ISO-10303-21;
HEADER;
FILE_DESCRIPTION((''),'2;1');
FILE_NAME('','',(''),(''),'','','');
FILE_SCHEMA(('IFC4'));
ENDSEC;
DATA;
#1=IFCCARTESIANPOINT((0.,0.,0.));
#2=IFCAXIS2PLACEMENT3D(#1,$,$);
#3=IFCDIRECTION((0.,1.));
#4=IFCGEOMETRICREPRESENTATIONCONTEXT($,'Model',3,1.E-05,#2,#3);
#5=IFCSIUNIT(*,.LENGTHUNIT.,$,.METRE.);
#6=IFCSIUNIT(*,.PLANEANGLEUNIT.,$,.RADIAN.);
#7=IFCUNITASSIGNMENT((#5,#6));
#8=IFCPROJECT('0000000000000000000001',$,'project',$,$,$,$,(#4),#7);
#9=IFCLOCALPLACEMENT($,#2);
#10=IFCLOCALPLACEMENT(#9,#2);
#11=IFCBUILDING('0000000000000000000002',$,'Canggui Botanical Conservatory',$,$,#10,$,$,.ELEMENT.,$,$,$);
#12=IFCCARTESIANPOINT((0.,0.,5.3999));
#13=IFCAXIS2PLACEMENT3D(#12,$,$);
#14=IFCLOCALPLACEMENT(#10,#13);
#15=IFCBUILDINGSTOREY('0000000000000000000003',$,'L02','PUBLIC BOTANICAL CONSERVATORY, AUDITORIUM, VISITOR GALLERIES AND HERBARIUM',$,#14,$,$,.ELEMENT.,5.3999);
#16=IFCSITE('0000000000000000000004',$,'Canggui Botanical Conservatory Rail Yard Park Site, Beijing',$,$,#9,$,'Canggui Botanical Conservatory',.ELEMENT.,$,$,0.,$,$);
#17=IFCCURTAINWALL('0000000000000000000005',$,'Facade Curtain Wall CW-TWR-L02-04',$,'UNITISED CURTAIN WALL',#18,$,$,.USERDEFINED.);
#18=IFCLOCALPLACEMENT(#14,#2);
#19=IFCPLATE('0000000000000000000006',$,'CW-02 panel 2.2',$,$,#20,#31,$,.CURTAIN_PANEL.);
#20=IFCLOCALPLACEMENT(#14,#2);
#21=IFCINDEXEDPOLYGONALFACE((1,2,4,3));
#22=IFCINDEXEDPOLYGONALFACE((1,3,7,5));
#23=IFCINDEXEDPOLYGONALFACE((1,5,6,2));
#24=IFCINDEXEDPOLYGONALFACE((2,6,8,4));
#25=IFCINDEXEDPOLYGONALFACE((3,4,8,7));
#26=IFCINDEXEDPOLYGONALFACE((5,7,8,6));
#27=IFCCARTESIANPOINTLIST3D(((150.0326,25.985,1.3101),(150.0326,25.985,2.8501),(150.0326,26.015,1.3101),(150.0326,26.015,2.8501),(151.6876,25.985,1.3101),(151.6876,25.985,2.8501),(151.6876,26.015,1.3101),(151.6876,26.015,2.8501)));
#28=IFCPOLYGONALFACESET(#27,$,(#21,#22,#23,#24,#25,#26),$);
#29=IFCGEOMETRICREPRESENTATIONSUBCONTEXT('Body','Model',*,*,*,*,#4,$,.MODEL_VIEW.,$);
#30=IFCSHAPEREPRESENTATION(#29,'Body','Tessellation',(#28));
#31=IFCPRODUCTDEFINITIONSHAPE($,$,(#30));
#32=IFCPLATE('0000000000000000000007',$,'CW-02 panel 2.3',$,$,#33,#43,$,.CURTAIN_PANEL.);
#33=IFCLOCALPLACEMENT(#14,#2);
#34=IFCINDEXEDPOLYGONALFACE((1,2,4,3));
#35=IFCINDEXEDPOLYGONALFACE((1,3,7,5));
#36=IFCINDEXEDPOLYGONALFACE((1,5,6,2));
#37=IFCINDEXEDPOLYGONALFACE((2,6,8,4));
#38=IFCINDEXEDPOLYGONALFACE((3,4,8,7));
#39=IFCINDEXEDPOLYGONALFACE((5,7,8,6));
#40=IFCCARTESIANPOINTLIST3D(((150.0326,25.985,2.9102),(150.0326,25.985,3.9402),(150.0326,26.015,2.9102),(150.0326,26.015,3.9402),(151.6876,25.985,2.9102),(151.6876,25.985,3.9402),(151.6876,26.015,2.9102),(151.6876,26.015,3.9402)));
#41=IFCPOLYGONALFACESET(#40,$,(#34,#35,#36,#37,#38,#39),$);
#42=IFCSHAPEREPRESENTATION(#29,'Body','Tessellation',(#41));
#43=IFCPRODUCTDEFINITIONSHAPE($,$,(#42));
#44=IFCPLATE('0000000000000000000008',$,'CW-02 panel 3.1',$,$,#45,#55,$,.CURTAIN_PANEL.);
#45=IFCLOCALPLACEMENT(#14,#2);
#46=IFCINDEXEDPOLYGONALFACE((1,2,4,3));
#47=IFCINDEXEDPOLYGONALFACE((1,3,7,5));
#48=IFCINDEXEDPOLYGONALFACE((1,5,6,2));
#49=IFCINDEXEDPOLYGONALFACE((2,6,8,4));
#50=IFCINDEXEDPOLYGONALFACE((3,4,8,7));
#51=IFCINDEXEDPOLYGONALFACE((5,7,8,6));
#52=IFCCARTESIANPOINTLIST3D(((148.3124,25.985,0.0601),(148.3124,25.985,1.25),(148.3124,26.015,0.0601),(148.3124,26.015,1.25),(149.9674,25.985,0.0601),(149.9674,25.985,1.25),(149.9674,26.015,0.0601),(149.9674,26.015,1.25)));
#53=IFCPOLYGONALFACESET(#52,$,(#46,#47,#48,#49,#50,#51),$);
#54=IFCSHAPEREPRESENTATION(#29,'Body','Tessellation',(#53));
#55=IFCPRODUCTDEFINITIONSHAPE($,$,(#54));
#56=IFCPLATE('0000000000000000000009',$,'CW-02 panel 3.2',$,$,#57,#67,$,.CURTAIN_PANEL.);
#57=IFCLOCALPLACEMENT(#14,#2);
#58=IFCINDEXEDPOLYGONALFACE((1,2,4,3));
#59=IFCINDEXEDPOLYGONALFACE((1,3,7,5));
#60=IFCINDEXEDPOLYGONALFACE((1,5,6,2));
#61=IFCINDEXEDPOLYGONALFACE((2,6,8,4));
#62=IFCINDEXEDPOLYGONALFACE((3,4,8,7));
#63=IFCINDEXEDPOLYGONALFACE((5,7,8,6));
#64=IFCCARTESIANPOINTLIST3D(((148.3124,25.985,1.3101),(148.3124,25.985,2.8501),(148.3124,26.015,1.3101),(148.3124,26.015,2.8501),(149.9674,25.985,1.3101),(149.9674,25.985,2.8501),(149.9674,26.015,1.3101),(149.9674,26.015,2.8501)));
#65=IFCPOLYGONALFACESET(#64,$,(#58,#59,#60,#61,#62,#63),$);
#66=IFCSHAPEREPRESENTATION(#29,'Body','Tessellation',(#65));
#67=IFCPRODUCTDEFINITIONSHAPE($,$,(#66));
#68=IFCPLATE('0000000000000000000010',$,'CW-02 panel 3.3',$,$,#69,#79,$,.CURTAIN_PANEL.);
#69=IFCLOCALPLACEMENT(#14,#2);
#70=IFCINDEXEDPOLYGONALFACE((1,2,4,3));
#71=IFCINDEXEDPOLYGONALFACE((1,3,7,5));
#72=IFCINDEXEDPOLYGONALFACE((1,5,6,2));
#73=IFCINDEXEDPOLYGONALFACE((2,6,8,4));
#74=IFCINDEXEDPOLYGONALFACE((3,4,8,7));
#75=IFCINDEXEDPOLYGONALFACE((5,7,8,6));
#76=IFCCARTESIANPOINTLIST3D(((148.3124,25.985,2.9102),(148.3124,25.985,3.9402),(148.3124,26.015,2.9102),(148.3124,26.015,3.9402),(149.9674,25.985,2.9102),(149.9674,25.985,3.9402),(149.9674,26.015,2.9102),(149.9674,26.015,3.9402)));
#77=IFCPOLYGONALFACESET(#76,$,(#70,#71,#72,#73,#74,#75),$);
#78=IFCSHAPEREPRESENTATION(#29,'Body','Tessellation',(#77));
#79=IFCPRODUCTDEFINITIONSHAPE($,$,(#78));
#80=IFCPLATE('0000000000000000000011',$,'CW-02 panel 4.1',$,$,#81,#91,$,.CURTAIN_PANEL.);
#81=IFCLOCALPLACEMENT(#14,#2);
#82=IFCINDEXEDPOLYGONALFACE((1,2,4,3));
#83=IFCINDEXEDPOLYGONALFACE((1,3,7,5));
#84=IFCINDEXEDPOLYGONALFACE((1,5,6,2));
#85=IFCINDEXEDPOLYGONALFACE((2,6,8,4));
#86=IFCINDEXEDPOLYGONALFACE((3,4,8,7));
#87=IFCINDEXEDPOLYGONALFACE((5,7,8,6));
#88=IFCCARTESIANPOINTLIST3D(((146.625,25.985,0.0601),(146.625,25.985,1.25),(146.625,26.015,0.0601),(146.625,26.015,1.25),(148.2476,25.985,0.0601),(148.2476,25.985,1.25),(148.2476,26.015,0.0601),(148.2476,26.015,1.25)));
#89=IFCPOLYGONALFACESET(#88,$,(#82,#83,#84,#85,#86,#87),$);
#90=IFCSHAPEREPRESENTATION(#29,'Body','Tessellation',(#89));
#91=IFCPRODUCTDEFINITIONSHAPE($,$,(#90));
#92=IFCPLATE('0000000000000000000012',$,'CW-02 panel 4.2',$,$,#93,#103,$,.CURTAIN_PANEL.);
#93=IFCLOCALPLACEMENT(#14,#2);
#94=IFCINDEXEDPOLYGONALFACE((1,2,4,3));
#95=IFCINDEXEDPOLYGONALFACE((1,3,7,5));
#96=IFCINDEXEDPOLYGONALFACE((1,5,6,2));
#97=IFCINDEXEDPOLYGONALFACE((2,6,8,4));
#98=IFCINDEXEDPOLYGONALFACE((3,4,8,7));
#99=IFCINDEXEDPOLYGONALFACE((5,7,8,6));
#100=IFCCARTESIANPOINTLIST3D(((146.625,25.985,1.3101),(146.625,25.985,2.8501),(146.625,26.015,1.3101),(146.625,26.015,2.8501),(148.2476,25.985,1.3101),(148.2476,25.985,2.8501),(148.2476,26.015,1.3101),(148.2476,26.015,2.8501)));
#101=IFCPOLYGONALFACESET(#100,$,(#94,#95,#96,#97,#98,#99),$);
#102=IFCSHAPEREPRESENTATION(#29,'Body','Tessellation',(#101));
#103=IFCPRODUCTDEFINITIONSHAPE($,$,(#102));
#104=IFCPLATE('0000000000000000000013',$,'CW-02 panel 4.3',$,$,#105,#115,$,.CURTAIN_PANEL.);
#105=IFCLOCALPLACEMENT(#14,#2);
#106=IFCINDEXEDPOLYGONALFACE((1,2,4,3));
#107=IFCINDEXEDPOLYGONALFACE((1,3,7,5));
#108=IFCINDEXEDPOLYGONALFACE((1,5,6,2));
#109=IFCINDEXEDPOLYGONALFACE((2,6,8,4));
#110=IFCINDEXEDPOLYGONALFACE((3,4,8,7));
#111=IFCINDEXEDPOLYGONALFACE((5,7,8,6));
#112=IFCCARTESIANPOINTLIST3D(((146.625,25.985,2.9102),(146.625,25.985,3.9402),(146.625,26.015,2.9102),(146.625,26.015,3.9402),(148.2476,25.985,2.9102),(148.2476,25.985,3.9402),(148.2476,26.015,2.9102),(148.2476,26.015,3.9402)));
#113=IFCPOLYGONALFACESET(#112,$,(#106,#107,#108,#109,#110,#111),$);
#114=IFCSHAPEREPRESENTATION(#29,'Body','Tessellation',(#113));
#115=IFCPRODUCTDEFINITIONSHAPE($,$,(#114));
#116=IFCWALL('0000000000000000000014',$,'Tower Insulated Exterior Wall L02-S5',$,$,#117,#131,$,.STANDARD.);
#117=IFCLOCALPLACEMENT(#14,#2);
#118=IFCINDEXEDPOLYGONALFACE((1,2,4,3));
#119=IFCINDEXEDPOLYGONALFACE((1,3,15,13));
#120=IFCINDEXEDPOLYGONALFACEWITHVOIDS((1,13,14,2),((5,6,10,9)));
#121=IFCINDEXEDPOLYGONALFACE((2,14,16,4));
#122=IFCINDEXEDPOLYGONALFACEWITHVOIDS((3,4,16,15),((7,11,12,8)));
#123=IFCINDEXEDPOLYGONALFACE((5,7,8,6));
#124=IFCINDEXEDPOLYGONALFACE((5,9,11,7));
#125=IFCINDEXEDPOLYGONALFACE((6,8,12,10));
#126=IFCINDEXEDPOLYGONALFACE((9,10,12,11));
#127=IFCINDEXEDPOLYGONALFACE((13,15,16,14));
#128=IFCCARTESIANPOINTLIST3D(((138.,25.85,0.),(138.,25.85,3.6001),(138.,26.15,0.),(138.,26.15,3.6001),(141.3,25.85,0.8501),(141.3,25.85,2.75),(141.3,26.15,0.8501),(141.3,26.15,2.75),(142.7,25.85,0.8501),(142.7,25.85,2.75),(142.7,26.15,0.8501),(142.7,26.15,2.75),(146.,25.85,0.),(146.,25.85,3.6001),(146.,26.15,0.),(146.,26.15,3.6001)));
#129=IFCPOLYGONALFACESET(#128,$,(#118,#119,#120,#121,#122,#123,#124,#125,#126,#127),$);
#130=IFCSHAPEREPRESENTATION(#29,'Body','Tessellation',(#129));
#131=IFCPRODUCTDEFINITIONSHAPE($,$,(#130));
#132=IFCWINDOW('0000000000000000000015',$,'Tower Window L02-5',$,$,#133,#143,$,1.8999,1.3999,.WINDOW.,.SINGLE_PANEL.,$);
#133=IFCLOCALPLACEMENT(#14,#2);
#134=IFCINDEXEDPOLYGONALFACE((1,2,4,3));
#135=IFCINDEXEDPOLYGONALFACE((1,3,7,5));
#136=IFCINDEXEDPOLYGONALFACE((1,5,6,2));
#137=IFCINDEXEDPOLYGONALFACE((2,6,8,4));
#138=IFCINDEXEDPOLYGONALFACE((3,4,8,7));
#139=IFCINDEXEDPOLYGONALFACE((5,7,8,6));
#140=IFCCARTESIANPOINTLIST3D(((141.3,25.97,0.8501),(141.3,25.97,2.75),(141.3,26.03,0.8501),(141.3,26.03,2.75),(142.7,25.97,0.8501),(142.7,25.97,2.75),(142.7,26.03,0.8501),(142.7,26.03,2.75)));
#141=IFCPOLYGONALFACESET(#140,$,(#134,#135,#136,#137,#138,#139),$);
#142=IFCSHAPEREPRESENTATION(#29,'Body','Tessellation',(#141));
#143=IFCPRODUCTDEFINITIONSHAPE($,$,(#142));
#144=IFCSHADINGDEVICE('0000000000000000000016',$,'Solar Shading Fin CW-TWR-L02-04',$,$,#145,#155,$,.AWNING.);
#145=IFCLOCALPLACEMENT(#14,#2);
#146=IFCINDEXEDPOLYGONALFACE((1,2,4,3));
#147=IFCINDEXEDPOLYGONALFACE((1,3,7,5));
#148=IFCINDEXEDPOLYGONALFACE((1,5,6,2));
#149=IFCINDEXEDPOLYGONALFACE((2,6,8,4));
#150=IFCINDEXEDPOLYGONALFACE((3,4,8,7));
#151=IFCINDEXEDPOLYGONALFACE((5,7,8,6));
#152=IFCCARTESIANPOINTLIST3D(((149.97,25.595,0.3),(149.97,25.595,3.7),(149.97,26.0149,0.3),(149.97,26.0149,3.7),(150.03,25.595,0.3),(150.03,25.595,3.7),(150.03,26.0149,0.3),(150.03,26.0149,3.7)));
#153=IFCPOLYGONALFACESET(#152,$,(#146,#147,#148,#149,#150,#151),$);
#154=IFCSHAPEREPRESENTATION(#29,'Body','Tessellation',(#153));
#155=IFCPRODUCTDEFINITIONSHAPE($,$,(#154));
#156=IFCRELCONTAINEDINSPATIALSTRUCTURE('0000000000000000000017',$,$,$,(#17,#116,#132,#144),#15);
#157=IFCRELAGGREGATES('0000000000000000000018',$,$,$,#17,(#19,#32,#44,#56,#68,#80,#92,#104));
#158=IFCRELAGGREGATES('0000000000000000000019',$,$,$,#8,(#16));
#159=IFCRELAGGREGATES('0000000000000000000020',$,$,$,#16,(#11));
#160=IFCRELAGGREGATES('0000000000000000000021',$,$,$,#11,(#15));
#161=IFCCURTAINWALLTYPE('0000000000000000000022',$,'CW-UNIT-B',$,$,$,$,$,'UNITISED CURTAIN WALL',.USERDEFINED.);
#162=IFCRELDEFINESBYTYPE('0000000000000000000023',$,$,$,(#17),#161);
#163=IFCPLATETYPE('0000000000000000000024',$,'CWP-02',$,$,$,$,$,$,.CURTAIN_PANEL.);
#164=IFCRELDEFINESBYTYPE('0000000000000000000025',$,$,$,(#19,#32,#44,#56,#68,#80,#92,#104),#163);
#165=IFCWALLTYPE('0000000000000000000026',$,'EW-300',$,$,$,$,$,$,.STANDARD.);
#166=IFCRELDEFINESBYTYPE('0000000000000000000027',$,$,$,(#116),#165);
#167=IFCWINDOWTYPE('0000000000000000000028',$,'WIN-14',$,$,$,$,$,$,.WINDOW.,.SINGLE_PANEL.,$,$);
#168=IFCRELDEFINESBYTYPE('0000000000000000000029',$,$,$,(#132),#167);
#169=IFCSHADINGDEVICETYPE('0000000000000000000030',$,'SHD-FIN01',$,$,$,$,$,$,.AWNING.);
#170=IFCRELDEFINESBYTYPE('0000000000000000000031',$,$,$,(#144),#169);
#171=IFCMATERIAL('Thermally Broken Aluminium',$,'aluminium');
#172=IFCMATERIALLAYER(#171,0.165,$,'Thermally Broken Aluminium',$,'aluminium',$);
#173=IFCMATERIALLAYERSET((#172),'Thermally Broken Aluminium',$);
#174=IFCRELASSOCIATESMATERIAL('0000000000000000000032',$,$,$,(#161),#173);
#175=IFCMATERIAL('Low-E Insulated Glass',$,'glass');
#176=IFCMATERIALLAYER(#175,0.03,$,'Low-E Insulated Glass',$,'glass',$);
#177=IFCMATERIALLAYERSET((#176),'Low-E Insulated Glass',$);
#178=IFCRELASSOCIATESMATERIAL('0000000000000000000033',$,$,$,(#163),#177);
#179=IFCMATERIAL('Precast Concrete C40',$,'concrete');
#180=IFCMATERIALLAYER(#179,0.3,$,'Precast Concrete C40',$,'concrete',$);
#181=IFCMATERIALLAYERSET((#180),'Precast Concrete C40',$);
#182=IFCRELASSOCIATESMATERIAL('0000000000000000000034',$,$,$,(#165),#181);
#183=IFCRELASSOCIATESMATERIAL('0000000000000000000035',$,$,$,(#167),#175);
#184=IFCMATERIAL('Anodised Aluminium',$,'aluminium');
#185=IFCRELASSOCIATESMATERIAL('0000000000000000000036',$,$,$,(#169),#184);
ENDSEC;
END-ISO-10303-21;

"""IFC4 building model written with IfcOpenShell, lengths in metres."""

from ifc_helpers import new_model, si_unit, direction, frame, frame_2d, origin, origin_2d, place, context, subcontext, project, spatial, rectangle, extrude, material, layer, layer_set, type_object, element, fill, aggregate, save


model = new_model("IFC4")

# Units and contexts
model_context = context("Model", 3, precision=1e-05, world=origin(), true_north=direction((0.0, 1.0)))
body_context = subcontext(model_context, "Body", "Model", "MODEL_VIEW")
ifc_project = project(units=[si_unit("LENGTHUNIT", "METRE"), si_unit("PLANEANGLEUNIT", "RADIAN")], contexts=[model_context])

# Site, building, storey
site_placement = place(None, origin())
site = spatial("IfcSite", under=ifc_project, at=site_placement, Name="Canggui Botanical Conservatory Rail Yard Park Site, Beijing", LongName="Canggui Botanical Conservatory", CompositionType="ELEMENT", RefElevation=0.0)
building_placement = place(site_placement, origin())
building = spatial("IfcBuilding", under=site, at=building_placement, Name="Canggui Botanical Conservatory", CompositionType="ELEMENT")
storey_placement = place(building_placement, frame((0.0, 0.0, 5.3999)))
storey = spatial("IfcBuildingStorey", under=building, at=storey_placement, Name="L02", Description="PUBLIC BOTANICAL CONSERVATORY, AUDITORIUM, VISITOR GALLERIES AND HERBARIUM", CompositionType="ELEMENT", Elevation=5.3999)

# Curtain wall, plates
ifc_material_1 = material(Name="Thermally Broken Aluminium", Category="aluminium")
ifc_layer_1 = layer(ifc_material_1, 0.165, Name="Thermally Broken Aluminium", Category="aluminium")
ifc_layer_set_1 = layer_set([ifc_layer_1], Name="Thermally Broken Aluminium")
curtain_wall_type = type_object("IfcCurtainWallType", Name="CW-UNIT-B", ElementType="UNITISED CURTAIN WALL", PredefinedType="USERDEFINED", material=ifc_layer_set_1)
curtain_wall_placement = place(storey_placement, origin())
curtain_wall = element("IfcCurtainWall", 1, at=curtain_wall_placement, inside=storey, type_object=curtain_wall_type, Name="Facade Curtain Wall CW-TWR-L02-04", ObjectType="UNITISED CURTAIN WALL", PredefinedType="USERDEFINED")
ifc_material_2 = material(Name="Low-E Insulated Glass", Category="glass")
ifc_layer_2 = layer(ifc_material_2, 0.03, Name="Low-E Insulated Glass", Category="glass")
ifc_layer_set_2 = layer_set([ifc_layer_2], Name="Low-E Insulated Glass")
plate_type = type_object("IfcPlateType", Name="CWP-02", PredefinedType="CURTAIN_PANEL", material=ifc_layer_set_2)
plate_1_placement = place(storey_placement, frame((150.8601, 26.0, 1.3101), z_axis=(0.0, 0.0, 1.0), x_axis=(-1.0, 0.0, 0.0)))
plate_1 = element("IfcPlate", 2, at=plate_1_placement, type_object=plate_type, Name="CW-02 panel 2.2", PredefinedType="CURTAIN_PANEL", context=body_context, shape_type="SweptSolid", body=[
    extrude(rectangle(XDim=1.655, YDim=0.03, at=origin_2d()), origin(), (0.0, 0.0, 1.0), 1.54),
])
plate_2_placement = place(storey_placement, frame((150.8601, 26.0, 2.9102), z_axis=(0.0, 0.0, 1.0), x_axis=(-1.0, 0.0, 0.0)))
plate_2 = element("IfcPlate", 3, at=plate_2_placement, type_object=plate_type, Name="CW-02 panel 2.3", PredefinedType="CURTAIN_PANEL", context=body_context, shape_type="SweptSolid", body=[
    extrude(rectangle(XDim=1.655, YDim=0.03, at=origin_2d()), origin(), (0.0, 0.0, 1.0), 1.03),
])
plate_3_placement = place(storey_placement, frame((149.1399, 26.0, 0.0601), z_axis=(0.0, 0.0, 1.0), x_axis=(-1.0, 0.0, 0.0)))
plate_3 = element("IfcPlate", 4, at=plate_3_placement, type_object=plate_type, Name="CW-02 panel 3.1", PredefinedType="CURTAIN_PANEL", context=body_context, shape_type="SweptSolid", body=[
    extrude(rectangle(XDim=1.655, YDim=0.03, at=origin_2d()), origin(), (0.0, 0.0, 1.0), 1.1899),
])
plate_4_placement = place(storey_placement, frame((149.1399, 26.0, 1.3101), z_axis=(0.0, 0.0, 1.0), x_axis=(-1.0, 0.0, 0.0)))
plate_4 = element("IfcPlate", 5, at=plate_4_placement, type_object=plate_type, Name="CW-02 panel 3.2", PredefinedType="CURTAIN_PANEL", context=body_context, shape_type="SweptSolid", body=[
    extrude(rectangle(XDim=1.655, YDim=0.03, at=origin_2d()), origin(), (0.0, 0.0, 1.0), 1.54),
])
plate_5_placement = place(storey_placement, frame((149.1399, 26.0, 2.9102), z_axis=(0.0, 0.0, 1.0), x_axis=(-1.0, 0.0, 0.0)))
plate_5 = element("IfcPlate", 6, at=plate_5_placement, type_object=plate_type, Name="CW-02 panel 3.3", PredefinedType="CURTAIN_PANEL", context=body_context, shape_type="SweptSolid", body=[
    extrude(rectangle(XDim=1.655, YDim=0.03, at=origin_2d()), origin(), (0.0, 0.0, 1.0), 1.03),
])
plate_6_placement = place(storey_placement, frame((147.4363, 26.0, 0.0601), z_axis=(0.0, 0.0, 1.0), x_axis=(-1.0, 0.0, 0.0)))
plate_6 = element("IfcPlate", 7, at=plate_6_placement, type_object=plate_type, Name="CW-02 panel 4.1", PredefinedType="CURTAIN_PANEL", context=body_context, shape_type="SweptSolid", body=[
    extrude(rectangle(XDim=1.6226, YDim=0.03, at=origin_2d()), origin(), (0.0, 0.0, 1.0), 1.1899),
])
plate_7_placement = place(storey_placement, frame((147.4363, 26.0, 1.3101), z_axis=(0.0, 0.0, 1.0), x_axis=(-1.0, 0.0, 0.0)))
plate_7 = element("IfcPlate", 8, at=plate_7_placement, type_object=plate_type, Name="CW-02 panel 4.2", PredefinedType="CURTAIN_PANEL", context=body_context, shape_type="SweptSolid", body=[
    extrude(rectangle(XDim=1.6226, YDim=0.03, at=origin_2d()), origin(), (0.0, 0.0, 1.0), 1.54),
])
plate_8_placement = place(storey_placement, frame((147.4363, 26.0, 2.9102), z_axis=(0.0, 0.0, 1.0), x_axis=(-1.0, 0.0, 0.0)))
plate_8 = element("IfcPlate", 9, at=plate_8_placement, type_object=plate_type, Name="CW-02 panel 4.3", PredefinedType="CURTAIN_PANEL", context=body_context, shape_type="SweptSolid", body=[
    extrude(rectangle(XDim=1.6226, YDim=0.03, at=origin_2d()), origin(), (0.0, 0.0, 1.0), 1.03),
])
aggregate(curtain_wall, [plate_1, plate_2, plate_3, plate_4, plate_5, plate_6, plate_7, plate_8])

# Wall, opening, window
ifc_material_3 = material(Name="Precast Concrete C40", Category="concrete")
ifc_layer_3 = layer(ifc_material_3, 0.3, Name="Precast Concrete C40", Category="concrete")
ifc_layer_set_3 = layer_set([ifc_layer_3], Name="Precast Concrete C40")
wall_type = type_object("IfcWallType", Name="EW-300", PredefinedType="STANDARD", material=ifc_layer_set_3)
wall_placement = place(storey_placement, frame((146.0, 26.0, 0.0), z_axis=(0.0, 0.0, 1.0), x_axis=(-1.0, 0.0, 0.0)))
wall = element("IfcWall", 10, at=wall_placement, inside=storey, type_object=wall_type, Name="Tower Insulated Exterior Wall L02-S5", PredefinedType="STANDARD", context=body_context, shape_type="SweptSolid", body=[
    extrude(rectangle(XDim=8.0, YDim=0.3, at=frame_2d((4.0, 0.0))), origin(), (0.0, 0.0, 1.0), 3.6001),
])
opening_placement = place(wall_placement, frame((3.3, 0.0, 0.8501)))
opening = element("IfcOpeningElement", 11, at=opening_placement, cuts=wall, PredefinedType="OPENING", context=body_context, shape_type="SweptSolid", body=[
    extrude(rectangle(XDim=1.3999, YDim=1.8999, at=frame_2d((0.7, 0.95))), frame((0.0, 0.1602, 0.0), z_axis=(0.0, -1.0, 0.0), x_axis=(1.0, 0.0, 0.0)), (0.0, 0.0, 1.0), 0.3201),
])
window_type = type_object("IfcWindowType", Name="WIN-14", PartitioningType="SINGLE_PANEL", PredefinedType="WINDOW", material=ifc_material_2)
window_placement = place(opening_placement, origin())
window = element("IfcWindow", 12, at=window_placement, inside=storey, type_object=window_type, Name="Tower Window L02-5", OverallHeight=1.8999, OverallWidth=1.3999, PartitioningType="SINGLE_PANEL", PredefinedType="WINDOW", context=body_context, shape_type="SweptSolid", body=[
    extrude(rectangle(XDim=1.3999, YDim=1.8999, at=frame_2d((0.7, 0.95))), frame((0.0, 0.03, 0.0), z_axis=(0.0, -1.0, 0.0), x_axis=(1.0, 0.0, 0.0)), (0.0, 0.0, 1.0), 0.0601),
])
fill(opening, window)

# Shading device
ifc_material_4 = material(Name="Anodised Aluminium", Category="aluminium")
shading_device_type = type_object("IfcShadingDeviceType", Name="SHD-FIN01", PredefinedType="AWNING", material=ifc_material_4)
shading_device_placement = place(storey_placement, frame((150.0, 25.8049, 0.3), z_axis=(0.0, 0.0, 1.0), x_axis=(-1.0, 0.0, 0.0)))
element("IfcShadingDevice", 13, at=shading_device_placement, inside=storey, type_object=shading_device_type, Name="Solar Shading Fin CW-TWR-L02-04", PredefinedType="AWNING", context=body_context, shape_type="SweptSolid", body=[
    extrude(rectangle(XDim=0.0601, YDim=0.4199, at=origin_2d()), origin(), (0.0, 0.0, 1.0), 3.3999),
])

save(model, "model.ifc")
